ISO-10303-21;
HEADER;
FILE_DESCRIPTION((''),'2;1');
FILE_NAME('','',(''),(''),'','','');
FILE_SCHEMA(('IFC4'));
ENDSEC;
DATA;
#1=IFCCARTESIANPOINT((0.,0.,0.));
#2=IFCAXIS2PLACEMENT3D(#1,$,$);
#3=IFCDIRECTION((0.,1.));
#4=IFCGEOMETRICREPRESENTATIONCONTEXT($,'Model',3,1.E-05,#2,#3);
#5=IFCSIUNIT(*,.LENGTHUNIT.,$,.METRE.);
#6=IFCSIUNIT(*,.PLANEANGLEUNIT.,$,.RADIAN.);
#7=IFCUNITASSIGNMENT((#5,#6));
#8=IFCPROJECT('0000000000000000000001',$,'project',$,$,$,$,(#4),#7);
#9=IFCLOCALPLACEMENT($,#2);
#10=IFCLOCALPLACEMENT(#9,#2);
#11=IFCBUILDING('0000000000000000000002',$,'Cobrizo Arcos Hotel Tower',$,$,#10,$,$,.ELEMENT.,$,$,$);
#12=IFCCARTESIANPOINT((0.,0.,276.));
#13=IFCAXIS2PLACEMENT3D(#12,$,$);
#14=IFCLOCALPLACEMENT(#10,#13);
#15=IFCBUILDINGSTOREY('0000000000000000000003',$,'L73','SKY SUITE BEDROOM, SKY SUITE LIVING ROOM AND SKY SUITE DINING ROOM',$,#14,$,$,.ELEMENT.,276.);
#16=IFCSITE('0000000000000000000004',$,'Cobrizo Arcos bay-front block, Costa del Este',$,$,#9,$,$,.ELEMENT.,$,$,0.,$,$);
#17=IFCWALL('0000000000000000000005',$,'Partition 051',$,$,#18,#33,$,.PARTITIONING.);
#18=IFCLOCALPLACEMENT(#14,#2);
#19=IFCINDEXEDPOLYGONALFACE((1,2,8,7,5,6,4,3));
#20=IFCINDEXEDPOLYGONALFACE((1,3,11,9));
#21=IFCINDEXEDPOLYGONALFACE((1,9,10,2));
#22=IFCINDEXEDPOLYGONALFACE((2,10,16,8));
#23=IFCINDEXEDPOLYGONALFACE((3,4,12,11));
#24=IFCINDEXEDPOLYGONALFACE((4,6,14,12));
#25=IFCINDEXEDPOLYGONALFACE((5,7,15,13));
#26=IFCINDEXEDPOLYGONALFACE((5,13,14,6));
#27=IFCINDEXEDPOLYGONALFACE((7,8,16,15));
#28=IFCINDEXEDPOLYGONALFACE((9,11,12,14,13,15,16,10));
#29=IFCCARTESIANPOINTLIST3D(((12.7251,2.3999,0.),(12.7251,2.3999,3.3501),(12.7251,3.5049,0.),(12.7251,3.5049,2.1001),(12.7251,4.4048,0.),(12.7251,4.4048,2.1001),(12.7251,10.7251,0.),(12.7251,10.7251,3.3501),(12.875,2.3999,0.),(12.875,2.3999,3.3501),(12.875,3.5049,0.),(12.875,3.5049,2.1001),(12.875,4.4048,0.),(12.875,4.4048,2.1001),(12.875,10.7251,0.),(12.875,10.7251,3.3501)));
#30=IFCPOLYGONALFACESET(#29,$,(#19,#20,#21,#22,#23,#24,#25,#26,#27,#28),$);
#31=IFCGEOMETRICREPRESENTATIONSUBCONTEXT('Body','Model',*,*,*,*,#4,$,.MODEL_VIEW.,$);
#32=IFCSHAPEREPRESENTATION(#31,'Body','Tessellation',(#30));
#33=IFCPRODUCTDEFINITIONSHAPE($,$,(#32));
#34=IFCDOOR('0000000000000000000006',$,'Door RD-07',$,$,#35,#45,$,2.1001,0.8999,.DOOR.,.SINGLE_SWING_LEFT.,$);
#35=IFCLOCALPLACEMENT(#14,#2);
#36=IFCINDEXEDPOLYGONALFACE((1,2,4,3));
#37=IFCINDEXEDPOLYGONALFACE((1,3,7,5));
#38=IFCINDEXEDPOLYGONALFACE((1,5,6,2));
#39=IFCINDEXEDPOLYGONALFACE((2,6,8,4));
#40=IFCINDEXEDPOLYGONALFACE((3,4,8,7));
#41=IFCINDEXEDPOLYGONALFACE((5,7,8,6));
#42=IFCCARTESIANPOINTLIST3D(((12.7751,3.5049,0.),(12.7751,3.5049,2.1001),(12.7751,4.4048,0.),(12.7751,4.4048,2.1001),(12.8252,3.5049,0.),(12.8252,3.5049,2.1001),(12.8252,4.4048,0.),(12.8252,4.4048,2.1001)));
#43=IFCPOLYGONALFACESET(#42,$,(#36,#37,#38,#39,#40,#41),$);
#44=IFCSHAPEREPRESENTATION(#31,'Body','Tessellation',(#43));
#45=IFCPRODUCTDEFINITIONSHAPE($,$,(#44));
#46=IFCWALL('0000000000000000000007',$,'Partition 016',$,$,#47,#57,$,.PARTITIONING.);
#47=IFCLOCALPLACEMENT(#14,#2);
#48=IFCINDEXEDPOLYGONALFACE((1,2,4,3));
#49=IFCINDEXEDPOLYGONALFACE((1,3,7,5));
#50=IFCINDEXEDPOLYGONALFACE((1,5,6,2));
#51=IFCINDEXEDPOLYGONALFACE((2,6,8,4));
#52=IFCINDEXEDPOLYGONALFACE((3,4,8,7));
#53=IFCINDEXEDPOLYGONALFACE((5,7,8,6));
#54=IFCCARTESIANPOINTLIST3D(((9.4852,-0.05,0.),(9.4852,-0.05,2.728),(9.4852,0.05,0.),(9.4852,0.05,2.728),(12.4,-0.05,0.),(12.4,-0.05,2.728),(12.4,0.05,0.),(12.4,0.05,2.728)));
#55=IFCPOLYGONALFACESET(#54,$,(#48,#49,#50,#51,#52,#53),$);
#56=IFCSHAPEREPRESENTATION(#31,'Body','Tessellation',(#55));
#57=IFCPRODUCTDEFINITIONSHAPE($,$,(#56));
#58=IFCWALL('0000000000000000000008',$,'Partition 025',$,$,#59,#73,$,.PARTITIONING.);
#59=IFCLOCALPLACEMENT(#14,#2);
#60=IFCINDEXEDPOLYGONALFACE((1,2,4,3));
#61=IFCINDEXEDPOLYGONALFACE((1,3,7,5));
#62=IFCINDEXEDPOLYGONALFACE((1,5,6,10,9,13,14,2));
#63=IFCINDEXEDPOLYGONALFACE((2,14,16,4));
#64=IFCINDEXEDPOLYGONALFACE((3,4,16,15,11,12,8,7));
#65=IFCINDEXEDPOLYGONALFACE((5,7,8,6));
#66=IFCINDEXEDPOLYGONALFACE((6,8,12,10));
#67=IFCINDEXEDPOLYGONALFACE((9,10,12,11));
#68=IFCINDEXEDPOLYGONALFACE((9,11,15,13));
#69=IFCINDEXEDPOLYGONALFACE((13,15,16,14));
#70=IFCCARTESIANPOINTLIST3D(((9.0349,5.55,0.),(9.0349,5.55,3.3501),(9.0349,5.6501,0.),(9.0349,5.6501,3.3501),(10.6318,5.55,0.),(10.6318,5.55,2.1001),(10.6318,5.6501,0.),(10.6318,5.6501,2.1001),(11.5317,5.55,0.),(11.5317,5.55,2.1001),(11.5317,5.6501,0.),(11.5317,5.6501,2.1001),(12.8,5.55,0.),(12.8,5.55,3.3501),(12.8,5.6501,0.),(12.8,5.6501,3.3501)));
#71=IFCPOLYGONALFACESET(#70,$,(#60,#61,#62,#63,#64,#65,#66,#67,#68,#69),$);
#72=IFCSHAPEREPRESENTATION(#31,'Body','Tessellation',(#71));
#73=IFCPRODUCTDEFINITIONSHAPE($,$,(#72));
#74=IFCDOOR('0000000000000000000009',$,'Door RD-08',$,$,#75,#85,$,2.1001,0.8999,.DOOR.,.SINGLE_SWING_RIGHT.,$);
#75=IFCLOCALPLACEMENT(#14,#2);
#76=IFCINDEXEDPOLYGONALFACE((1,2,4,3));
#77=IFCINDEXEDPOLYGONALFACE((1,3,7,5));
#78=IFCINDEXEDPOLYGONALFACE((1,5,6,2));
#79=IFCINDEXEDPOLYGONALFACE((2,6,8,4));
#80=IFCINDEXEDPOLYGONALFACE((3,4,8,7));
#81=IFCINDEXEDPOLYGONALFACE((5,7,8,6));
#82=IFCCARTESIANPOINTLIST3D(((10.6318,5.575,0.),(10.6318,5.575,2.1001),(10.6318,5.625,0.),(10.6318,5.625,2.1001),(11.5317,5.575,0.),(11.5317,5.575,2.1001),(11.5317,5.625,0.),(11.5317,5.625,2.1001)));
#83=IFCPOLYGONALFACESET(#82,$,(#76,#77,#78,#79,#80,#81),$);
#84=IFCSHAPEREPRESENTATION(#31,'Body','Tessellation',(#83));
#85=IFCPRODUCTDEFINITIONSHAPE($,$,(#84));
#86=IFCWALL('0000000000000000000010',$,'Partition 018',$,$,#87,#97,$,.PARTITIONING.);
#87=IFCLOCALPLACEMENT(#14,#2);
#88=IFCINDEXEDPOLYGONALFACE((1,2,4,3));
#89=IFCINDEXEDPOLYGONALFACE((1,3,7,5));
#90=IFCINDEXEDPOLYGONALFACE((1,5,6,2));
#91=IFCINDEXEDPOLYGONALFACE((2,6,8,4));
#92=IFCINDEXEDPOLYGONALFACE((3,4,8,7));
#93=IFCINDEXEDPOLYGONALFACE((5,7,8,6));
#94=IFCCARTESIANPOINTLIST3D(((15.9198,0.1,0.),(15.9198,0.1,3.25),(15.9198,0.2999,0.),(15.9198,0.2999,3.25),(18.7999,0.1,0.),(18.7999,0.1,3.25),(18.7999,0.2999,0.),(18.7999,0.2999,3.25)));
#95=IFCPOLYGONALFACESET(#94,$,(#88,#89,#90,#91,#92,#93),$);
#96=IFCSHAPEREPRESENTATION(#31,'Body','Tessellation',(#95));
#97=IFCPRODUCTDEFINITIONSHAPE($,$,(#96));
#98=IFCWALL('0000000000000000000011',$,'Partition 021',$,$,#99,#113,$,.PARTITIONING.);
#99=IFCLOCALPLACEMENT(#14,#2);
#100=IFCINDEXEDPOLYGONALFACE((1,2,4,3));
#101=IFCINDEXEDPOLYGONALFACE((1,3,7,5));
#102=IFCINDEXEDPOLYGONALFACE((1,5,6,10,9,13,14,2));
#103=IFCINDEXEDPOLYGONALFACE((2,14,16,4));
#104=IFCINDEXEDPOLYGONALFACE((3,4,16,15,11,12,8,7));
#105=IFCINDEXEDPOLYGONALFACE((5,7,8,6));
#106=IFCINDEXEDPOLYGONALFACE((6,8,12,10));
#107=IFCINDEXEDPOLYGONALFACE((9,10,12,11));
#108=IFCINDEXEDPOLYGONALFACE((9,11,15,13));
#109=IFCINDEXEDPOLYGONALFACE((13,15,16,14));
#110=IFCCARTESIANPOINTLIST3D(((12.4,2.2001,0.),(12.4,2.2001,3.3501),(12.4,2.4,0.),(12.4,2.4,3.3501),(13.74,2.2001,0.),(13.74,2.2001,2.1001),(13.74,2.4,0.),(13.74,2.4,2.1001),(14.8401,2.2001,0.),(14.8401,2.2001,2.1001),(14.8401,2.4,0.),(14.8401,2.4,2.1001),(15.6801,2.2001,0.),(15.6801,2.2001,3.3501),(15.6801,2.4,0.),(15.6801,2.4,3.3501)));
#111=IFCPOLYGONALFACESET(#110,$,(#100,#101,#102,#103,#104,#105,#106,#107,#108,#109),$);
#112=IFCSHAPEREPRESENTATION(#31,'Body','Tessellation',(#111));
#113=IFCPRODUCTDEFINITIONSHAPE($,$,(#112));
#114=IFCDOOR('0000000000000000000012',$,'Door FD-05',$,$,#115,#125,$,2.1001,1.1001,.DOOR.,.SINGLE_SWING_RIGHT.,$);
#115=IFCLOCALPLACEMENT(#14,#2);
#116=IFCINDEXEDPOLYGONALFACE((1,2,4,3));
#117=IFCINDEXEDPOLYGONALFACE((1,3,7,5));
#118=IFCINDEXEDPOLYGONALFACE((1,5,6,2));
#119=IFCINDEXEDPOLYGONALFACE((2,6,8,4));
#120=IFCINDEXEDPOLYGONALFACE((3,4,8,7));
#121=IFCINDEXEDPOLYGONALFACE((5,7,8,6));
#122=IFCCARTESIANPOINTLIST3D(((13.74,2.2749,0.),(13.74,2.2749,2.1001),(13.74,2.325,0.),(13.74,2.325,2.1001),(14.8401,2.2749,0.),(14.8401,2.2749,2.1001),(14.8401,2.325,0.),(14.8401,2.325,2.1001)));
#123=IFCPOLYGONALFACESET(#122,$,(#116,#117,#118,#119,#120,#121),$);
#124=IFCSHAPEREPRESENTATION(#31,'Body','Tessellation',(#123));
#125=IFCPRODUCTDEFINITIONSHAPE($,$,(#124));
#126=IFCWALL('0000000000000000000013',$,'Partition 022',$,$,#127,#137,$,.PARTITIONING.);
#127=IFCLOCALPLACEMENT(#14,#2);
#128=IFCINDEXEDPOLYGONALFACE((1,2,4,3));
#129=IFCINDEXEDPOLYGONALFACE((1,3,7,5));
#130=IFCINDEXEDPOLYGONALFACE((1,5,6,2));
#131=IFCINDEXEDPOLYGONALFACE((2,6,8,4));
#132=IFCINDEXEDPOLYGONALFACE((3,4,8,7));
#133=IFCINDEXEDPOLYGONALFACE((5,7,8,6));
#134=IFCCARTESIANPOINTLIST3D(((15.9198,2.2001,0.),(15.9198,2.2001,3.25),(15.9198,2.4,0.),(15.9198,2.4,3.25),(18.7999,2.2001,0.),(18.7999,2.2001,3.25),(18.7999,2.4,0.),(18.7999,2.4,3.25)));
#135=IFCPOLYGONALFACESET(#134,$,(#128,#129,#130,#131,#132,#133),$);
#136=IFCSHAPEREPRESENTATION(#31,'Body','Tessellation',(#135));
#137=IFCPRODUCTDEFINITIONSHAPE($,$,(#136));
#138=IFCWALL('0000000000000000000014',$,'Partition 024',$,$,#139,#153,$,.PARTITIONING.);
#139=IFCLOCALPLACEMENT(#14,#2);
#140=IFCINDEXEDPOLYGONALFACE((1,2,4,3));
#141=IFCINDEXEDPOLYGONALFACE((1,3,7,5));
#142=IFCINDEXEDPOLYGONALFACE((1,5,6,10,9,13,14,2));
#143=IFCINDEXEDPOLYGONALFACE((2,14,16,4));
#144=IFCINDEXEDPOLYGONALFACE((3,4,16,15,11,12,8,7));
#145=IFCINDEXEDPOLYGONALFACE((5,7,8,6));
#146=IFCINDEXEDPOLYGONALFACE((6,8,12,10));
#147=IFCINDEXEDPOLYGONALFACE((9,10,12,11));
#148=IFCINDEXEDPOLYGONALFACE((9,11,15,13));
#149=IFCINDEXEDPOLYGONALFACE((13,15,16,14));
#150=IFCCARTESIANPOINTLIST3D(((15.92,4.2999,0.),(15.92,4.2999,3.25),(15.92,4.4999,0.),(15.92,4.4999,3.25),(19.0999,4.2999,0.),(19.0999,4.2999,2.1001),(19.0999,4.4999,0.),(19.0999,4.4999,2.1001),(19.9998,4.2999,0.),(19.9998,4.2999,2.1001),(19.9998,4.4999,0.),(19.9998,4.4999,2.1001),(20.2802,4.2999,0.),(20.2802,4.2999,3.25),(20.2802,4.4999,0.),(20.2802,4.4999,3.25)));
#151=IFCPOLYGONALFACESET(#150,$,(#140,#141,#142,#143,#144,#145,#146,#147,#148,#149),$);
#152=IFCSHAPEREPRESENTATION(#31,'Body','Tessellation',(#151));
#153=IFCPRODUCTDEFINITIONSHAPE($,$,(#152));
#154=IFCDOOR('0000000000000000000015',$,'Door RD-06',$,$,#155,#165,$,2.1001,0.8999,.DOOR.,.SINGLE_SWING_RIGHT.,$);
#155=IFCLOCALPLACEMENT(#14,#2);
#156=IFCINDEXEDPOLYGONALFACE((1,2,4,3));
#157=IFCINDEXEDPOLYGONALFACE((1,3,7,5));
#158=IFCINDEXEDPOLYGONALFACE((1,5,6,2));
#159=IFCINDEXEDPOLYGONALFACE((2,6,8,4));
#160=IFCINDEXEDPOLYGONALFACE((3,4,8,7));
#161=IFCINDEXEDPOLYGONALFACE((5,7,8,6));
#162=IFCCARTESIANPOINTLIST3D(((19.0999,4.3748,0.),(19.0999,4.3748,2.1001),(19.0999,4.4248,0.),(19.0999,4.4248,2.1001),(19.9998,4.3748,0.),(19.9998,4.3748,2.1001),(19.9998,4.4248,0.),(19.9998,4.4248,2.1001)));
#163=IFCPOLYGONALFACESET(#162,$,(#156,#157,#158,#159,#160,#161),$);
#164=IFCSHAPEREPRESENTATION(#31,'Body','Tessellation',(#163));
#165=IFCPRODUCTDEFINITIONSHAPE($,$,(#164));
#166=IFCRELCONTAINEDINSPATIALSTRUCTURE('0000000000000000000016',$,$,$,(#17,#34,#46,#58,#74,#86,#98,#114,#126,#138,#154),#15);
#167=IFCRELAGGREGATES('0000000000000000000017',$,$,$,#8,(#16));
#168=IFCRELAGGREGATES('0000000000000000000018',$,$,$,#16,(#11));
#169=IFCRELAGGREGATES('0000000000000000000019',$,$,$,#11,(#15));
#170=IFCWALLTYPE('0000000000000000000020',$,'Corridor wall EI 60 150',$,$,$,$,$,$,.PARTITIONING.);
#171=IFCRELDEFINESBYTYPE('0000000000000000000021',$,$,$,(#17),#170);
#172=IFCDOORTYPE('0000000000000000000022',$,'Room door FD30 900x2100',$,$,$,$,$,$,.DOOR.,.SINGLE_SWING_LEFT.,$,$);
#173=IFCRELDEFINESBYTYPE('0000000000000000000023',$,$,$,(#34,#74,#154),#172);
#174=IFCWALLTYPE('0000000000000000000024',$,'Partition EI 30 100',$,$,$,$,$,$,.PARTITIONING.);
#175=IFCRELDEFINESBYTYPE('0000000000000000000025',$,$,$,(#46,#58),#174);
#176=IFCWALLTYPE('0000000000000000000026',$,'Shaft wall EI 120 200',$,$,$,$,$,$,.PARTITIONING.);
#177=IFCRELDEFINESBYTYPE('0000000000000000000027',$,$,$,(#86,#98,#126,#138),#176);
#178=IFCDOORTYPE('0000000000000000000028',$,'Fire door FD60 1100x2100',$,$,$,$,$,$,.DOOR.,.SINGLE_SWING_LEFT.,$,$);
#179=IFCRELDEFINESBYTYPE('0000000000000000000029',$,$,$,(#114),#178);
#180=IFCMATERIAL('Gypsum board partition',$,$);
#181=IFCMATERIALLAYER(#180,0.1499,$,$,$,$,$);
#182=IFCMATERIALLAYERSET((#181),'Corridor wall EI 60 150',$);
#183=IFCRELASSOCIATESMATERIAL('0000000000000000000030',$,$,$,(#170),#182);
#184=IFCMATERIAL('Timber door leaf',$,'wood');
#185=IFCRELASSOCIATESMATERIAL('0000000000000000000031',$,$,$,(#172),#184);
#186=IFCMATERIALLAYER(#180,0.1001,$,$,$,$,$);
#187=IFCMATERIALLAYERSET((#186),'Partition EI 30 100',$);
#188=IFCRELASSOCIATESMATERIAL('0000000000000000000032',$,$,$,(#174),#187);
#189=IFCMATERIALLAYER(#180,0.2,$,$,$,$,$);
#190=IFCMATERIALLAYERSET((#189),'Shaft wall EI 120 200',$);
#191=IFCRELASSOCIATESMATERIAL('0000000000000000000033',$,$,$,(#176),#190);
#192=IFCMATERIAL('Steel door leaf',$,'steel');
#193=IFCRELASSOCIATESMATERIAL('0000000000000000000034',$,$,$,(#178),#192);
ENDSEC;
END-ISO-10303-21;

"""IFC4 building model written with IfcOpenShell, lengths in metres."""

from ifc_helpers import new_model, si_unit, direction, frame, frame_2d, origin, place, context, subcontext, project, spatial, rectangle, extrude, material, layer, layer_set, type_object, element, fill, save


model = new_model("IFC4")

# Units and contexts
model_context = context("Model", 3, precision=1e-05, world=origin(), true_north=direction((0.0, 1.0)))
body_context = subcontext(model_context, "Body", "Model", "MODEL_VIEW")
ifc_project = project(units=[si_unit("LENGTHUNIT", "METRE"), si_unit("PLANEANGLEUNIT", "RADIAN")], contexts=[model_context])

# Site, building, storey
site_placement = place(None, origin())
site = spatial("IfcSite", under=ifc_project, at=site_placement, Name="Cobrizo Arcos bay-front block, Costa del Este", CompositionType="ELEMENT", RefElevation=0.0)
building_placement = place(site_placement, origin())
building = spatial("IfcBuilding", under=site, at=building_placement, Name="Cobrizo Arcos Hotel Tower", CompositionType="ELEMENT")
storey_placement = place(building_placement, frame((0.0, 0.0, 276.0)))
storey = spatial("IfcBuildingStorey", under=building, at=storey_placement, Name="L73", Description="SKY SUITE BEDROOM, SKY SUITE LIVING ROOM AND SKY SUITE DINING ROOM", CompositionType="ELEMENT", Elevation=276.0)

# Wall, opening, door
ifc_material_1 = material(Name="Gypsum board partition")
ifc_layer_1 = layer(ifc_material_1, 0.1499)
ifc_layer_set_1 = layer_set([ifc_layer_1], Name="Corridor wall EI 60 150")
wall_type_1 = type_object("IfcWallType", Name="Corridor wall EI 60 150", PredefinedType="PARTITIONING", material=ifc_layer_set_1)
wall_1_placement = place(storey_placement, frame((12.8, 2.3999, 0.0), z_axis=(0.0, 0.0, 1.0), x_axis=(0.0, 1.0, 0.0)))
wall_1 = element("IfcWall", 1, at=wall_1_placement, inside=storey, type_object=wall_type_1, Name="Partition 051", PredefinedType="PARTITIONING", context=body_context, shape_type="SweptSolid", body=[
    extrude(rectangle(XDim=8.3252, YDim=0.1499, at=frame_2d((4.1626, 0.0))), origin(), (0.0, 0.0, 1.0), 3.3501),
])
opening_1_placement = place(wall_1_placement, frame((1.105, 0.0, 0.0)))
opening_1 = element("IfcOpeningElement", 2, at=opening_1_placement, cuts=wall_1, PredefinedType="OPENING", context=body_context, shape_type="SweptSolid", body=[
    extrude(rectangle(XDim=0.8999, YDim=2.1001, at=frame_2d((0.45, 1.05))), frame((0.0, 0.0869, 0.0), z_axis=(0.0, -1.0, 0.0), x_axis=(1.0, 0.0, 0.0)), (0.0, 0.0, 1.0), 0.1738),
])
ifc_material_2 = material(Name="Timber door leaf", Category="wood")
door_type_1 = type_object("IfcDoorType", Name="Room door FD30 900x2100", OperationType="SINGLE_SWING_LEFT", PredefinedType="DOOR", material=ifc_material_2)
door_1_placement = place(opening_1_placement, origin())
door_1 = element("IfcDoor", 3, at=door_1_placement, inside=storey, type_object=door_type_1, Name="Door RD-07", OperationType="SINGLE_SWING_LEFT", OverallHeight=2.1001, OverallWidth=0.8999, PredefinedType="DOOR", context=body_context, shape_type="SweptSolid", body=[
    extrude(rectangle(XDim=0.8999, YDim=2.1001, at=frame_2d((0.45, 1.05))), frame((0.0, 0.0249, 0.0), z_axis=(0.0, -1.0, 0.0), x_axis=(1.0, 0.0, 0.0)), (0.0, 0.0, 1.0), 0.05),
])
fill(opening_1, door_1)

# Wall
ifc_layer_2 = layer(ifc_material_1, 0.1001)
ifc_layer_set_2 = layer_set([ifc_layer_2], Name="Partition EI 30 100")
wall_type_2 = type_object("IfcWallType", Name="Partition EI 30 100", PredefinedType="PARTITIONING", material=ifc_layer_set_2)
wall_2_placement = place(storey_placement, frame((9.4851, 0.0, 0.0), z_axis=(0.0, 0.0, 1.0), x_axis=(1.0, 0.0, 0.0)))
element("IfcWall", 4, at=wall_2_placement, inside=storey, type_object=wall_type_2, Name="Partition 016", PredefinedType="PARTITIONING", context=body_context, shape_type="SweptSolid", body=[
    extrude(rectangle(XDim=2.9148, YDim=0.1001, at=frame_2d((1.4575, 0.0))), origin(), (0.0, 0.0, 1.0), 2.728),
])

# Wall, opening, door
wall_3_placement = place(storey_placement, frame((9.0349, 5.6001, 0.0), z_axis=(0.0, 0.0, 1.0), x_axis=(1.0, 0.0, 0.0)))
wall_3 = element("IfcWall", 5, at=wall_3_placement, inside=storey, type_object=wall_type_2, Name="Partition 025", PredefinedType="PARTITIONING", context=body_context, shape_type="SweptSolid", body=[
    extrude(rectangle(XDim=3.7651, YDim=0.1001, at=frame_2d((1.8826, 0.0))), origin(), (0.0, 0.0, 1.0), 3.3501),
])
opening_2_placement = place(wall_3_placement, frame((1.5969, 0.0, 0.0)))
opening_2 = element("IfcOpeningElement", 6, at=opening_2_placement, cuts=wall_3, PredefinedType="OPENING", context=body_context, shape_type="SweptSolid", body=[
    extrude(rectangle(XDim=0.8999, YDim=2.1001, at=frame_2d((0.45, 1.05))), frame((0.0, 0.062, 0.0), z_axis=(0.0, -1.0, 0.0), x_axis=(1.0, 0.0, 0.0)), (0.0, 0.0, 1.0), 0.124),
])
door_2_placement = place(opening_2_placement, origin())
door_2 = element("IfcDoor", 7, at=door_2_placement, inside=storey, type_object=door_type_1, Name="Door RD-08", OperationType="SINGLE_SWING_RIGHT", OverallHeight=2.1001, OverallWidth=0.8999, PredefinedType="DOOR", context=body_context, shape_type="SweptSolid", body=[
    extrude(rectangle(XDim=0.8999, YDim=2.1001, at=frame_2d((0.45, 1.05))), frame((0.0, 0.0249, 0.0), z_axis=(0.0, -1.0, 0.0), x_axis=(1.0, 0.0, 0.0)), (0.0, 0.0, 1.0), 0.05),
])
fill(opening_2, door_2)

# Wall
ifc_layer_3 = layer(ifc_material_1, 0.2)
ifc_layer_set_3 = layer_set([ifc_layer_3], Name="Shaft wall EI 120 200")
wall_type_3 = type_object("IfcWallType", Name="Shaft wall EI 120 200", PredefinedType="PARTITIONING", material=ifc_layer_set_3)
wall_4_placement = place(storey_placement, frame((15.9199, 0.2, 0.0), z_axis=(0.0, 0.0, 1.0), x_axis=(1.0, 0.0, 0.0)))
element("IfcWall", 8, at=wall_4_placement, inside=storey, type_object=wall_type_3, Name="Partition 018", PredefinedType="PARTITIONING", context=body_context, shape_type="SweptSolid", body=[
    extrude(rectangle(XDim=2.8801, YDim=0.2, at=frame_2d((1.4399, 0.0))), origin(), (0.0, 0.0, 1.0), 3.25),
])

# Wall, opening, door
wall_5_placement = place(storey_placement, frame((12.3999, 2.3, 0.0), z_axis=(0.0, 0.0, 1.0), x_axis=(1.0, 0.0, 0.0)))
wall_5 = element("IfcWall", 9, at=wall_5_placement, inside=storey, type_object=wall_type_3, Name="Partition 021", PredefinedType="PARTITIONING", context=body_context, shape_type="SweptSolid", body=[
    extrude(rectangle(XDim=3.28, YDim=0.2, at=frame_2d((1.6401, 0.0))), origin(), (0.0, 0.0, 1.0), 3.3501),
])
opening_3_placement = place(wall_5_placement, frame((1.3401, 0.0, 0.0)))
opening_3 = element("IfcOpeningElement", 10, at=opening_3_placement, cuts=wall_5, PredefinedType="OPENING", context=body_context, shape_type="SweptSolid", body=[
    extrude(rectangle(XDim=1.1001, YDim=2.1001, at=frame_2d((0.55, 1.05))), frame((0.0, 0.1121, 0.0), z_axis=(0.0, -1.0, 0.0), x_axis=(1.0, 0.0, 0.0)), (0.0, 0.0, 1.0), 0.2239),
])
ifc_material_3 = material(Name="Steel door leaf", Category="steel")
door_type_2 = type_object("IfcDoorType", Name="Fire door FD60 1100x2100", OperationType="SINGLE_SWING_LEFT", PredefinedType="DOOR", material=ifc_material_3)
door_3_placement = place(opening_3_placement, origin())
door_3 = element("IfcDoor", 11, at=door_3_placement, inside=storey, type_object=door_type_2, Name="Door FD-05", OperationType="SINGLE_SWING_RIGHT", OverallHeight=2.1001, OverallWidth=1.1001, PredefinedType="DOOR", context=body_context, shape_type="SweptSolid", body=[
    extrude(rectangle(XDim=1.1001, YDim=2.1001, at=frame_2d((0.55, 1.05))), frame((0.0, 0.0249, 0.0), z_axis=(0.0, -1.0, 0.0), x_axis=(1.0, 0.0, 0.0)), (0.0, 0.0, 1.0), 0.05),
])
fill(opening_3, door_3)

# Wall
wall_6_placement = place(storey_placement, frame((15.9199, 2.3, 0.0), z_axis=(0.0, 0.0, 1.0), x_axis=(1.0, 0.0, 0.0)))
element("IfcWall", 12, at=wall_6_placement, inside=storey, type_object=wall_type_3, Name="Partition 022", PredefinedType="PARTITIONING", context=body_context, shape_type="SweptSolid", body=[
    extrude(rectangle(XDim=2.8801, YDim=0.2, at=frame_2d((1.4399, 0.0))), origin(), (0.0, 0.0, 1.0), 3.25),
])

# Wall, opening, door
wall_7_placement = place(storey_placement, frame((15.9199, 4.3999, 0.0), z_axis=(0.0, 0.0, 1.0), x_axis=(1.0, 0.0, 0.0)))
wall_7 = element("IfcWall", 13, at=wall_7_placement, inside=storey, type_object=wall_type_3, Name="Partition 024", PredefinedType="PARTITIONING", context=body_context, shape_type="SweptSolid", body=[
    extrude(rectangle(XDim=4.3601, YDim=0.2, at=frame_2d((2.1802, 0.0))), origin(), (0.0, 0.0, 1.0), 3.25),
])
opening_4_placement = place(wall_7_placement, frame((3.1799, 0.0, 0.0)))
opening_4 = element("IfcOpeningElement", 14, at=opening_4_placement, cuts=wall_7, PredefinedType="OPENING", context=body_context, shape_type="SweptSolid", body=[
    extrude(rectangle(XDim=0.8999, YDim=2.1001, at=frame_2d((0.45, 1.05))), frame((0.0, 0.1121, 0.0), z_axis=(0.0, -1.0, 0.0), x_axis=(1.0, 0.0, 0.0)), (0.0, 0.0, 1.0), 0.2239),
])
door_4_placement = place(opening_4_placement, origin())
door_4 = element("IfcDoor", 15, at=door_4_placement, inside=storey, type_object=door_type_1, Name="Door RD-06", OperationType="SINGLE_SWING_RIGHT", OverallHeight=2.1001, OverallWidth=0.8999, PredefinedType="DOOR", context=body_context, shape_type="SweptSolid", body=[
    extrude(rectangle(XDim=0.8999, YDim=2.1001, at=frame_2d((0.45, 1.05))), frame((0.0, 0.0249, 0.0), z_axis=(0.0, -1.0, 0.0), x_axis=(1.0, 0.0, 0.0)), (0.0, 0.0, 1.0), 0.05),
])
fill(opening_4, door_4)

save(model, "model.ifc")
